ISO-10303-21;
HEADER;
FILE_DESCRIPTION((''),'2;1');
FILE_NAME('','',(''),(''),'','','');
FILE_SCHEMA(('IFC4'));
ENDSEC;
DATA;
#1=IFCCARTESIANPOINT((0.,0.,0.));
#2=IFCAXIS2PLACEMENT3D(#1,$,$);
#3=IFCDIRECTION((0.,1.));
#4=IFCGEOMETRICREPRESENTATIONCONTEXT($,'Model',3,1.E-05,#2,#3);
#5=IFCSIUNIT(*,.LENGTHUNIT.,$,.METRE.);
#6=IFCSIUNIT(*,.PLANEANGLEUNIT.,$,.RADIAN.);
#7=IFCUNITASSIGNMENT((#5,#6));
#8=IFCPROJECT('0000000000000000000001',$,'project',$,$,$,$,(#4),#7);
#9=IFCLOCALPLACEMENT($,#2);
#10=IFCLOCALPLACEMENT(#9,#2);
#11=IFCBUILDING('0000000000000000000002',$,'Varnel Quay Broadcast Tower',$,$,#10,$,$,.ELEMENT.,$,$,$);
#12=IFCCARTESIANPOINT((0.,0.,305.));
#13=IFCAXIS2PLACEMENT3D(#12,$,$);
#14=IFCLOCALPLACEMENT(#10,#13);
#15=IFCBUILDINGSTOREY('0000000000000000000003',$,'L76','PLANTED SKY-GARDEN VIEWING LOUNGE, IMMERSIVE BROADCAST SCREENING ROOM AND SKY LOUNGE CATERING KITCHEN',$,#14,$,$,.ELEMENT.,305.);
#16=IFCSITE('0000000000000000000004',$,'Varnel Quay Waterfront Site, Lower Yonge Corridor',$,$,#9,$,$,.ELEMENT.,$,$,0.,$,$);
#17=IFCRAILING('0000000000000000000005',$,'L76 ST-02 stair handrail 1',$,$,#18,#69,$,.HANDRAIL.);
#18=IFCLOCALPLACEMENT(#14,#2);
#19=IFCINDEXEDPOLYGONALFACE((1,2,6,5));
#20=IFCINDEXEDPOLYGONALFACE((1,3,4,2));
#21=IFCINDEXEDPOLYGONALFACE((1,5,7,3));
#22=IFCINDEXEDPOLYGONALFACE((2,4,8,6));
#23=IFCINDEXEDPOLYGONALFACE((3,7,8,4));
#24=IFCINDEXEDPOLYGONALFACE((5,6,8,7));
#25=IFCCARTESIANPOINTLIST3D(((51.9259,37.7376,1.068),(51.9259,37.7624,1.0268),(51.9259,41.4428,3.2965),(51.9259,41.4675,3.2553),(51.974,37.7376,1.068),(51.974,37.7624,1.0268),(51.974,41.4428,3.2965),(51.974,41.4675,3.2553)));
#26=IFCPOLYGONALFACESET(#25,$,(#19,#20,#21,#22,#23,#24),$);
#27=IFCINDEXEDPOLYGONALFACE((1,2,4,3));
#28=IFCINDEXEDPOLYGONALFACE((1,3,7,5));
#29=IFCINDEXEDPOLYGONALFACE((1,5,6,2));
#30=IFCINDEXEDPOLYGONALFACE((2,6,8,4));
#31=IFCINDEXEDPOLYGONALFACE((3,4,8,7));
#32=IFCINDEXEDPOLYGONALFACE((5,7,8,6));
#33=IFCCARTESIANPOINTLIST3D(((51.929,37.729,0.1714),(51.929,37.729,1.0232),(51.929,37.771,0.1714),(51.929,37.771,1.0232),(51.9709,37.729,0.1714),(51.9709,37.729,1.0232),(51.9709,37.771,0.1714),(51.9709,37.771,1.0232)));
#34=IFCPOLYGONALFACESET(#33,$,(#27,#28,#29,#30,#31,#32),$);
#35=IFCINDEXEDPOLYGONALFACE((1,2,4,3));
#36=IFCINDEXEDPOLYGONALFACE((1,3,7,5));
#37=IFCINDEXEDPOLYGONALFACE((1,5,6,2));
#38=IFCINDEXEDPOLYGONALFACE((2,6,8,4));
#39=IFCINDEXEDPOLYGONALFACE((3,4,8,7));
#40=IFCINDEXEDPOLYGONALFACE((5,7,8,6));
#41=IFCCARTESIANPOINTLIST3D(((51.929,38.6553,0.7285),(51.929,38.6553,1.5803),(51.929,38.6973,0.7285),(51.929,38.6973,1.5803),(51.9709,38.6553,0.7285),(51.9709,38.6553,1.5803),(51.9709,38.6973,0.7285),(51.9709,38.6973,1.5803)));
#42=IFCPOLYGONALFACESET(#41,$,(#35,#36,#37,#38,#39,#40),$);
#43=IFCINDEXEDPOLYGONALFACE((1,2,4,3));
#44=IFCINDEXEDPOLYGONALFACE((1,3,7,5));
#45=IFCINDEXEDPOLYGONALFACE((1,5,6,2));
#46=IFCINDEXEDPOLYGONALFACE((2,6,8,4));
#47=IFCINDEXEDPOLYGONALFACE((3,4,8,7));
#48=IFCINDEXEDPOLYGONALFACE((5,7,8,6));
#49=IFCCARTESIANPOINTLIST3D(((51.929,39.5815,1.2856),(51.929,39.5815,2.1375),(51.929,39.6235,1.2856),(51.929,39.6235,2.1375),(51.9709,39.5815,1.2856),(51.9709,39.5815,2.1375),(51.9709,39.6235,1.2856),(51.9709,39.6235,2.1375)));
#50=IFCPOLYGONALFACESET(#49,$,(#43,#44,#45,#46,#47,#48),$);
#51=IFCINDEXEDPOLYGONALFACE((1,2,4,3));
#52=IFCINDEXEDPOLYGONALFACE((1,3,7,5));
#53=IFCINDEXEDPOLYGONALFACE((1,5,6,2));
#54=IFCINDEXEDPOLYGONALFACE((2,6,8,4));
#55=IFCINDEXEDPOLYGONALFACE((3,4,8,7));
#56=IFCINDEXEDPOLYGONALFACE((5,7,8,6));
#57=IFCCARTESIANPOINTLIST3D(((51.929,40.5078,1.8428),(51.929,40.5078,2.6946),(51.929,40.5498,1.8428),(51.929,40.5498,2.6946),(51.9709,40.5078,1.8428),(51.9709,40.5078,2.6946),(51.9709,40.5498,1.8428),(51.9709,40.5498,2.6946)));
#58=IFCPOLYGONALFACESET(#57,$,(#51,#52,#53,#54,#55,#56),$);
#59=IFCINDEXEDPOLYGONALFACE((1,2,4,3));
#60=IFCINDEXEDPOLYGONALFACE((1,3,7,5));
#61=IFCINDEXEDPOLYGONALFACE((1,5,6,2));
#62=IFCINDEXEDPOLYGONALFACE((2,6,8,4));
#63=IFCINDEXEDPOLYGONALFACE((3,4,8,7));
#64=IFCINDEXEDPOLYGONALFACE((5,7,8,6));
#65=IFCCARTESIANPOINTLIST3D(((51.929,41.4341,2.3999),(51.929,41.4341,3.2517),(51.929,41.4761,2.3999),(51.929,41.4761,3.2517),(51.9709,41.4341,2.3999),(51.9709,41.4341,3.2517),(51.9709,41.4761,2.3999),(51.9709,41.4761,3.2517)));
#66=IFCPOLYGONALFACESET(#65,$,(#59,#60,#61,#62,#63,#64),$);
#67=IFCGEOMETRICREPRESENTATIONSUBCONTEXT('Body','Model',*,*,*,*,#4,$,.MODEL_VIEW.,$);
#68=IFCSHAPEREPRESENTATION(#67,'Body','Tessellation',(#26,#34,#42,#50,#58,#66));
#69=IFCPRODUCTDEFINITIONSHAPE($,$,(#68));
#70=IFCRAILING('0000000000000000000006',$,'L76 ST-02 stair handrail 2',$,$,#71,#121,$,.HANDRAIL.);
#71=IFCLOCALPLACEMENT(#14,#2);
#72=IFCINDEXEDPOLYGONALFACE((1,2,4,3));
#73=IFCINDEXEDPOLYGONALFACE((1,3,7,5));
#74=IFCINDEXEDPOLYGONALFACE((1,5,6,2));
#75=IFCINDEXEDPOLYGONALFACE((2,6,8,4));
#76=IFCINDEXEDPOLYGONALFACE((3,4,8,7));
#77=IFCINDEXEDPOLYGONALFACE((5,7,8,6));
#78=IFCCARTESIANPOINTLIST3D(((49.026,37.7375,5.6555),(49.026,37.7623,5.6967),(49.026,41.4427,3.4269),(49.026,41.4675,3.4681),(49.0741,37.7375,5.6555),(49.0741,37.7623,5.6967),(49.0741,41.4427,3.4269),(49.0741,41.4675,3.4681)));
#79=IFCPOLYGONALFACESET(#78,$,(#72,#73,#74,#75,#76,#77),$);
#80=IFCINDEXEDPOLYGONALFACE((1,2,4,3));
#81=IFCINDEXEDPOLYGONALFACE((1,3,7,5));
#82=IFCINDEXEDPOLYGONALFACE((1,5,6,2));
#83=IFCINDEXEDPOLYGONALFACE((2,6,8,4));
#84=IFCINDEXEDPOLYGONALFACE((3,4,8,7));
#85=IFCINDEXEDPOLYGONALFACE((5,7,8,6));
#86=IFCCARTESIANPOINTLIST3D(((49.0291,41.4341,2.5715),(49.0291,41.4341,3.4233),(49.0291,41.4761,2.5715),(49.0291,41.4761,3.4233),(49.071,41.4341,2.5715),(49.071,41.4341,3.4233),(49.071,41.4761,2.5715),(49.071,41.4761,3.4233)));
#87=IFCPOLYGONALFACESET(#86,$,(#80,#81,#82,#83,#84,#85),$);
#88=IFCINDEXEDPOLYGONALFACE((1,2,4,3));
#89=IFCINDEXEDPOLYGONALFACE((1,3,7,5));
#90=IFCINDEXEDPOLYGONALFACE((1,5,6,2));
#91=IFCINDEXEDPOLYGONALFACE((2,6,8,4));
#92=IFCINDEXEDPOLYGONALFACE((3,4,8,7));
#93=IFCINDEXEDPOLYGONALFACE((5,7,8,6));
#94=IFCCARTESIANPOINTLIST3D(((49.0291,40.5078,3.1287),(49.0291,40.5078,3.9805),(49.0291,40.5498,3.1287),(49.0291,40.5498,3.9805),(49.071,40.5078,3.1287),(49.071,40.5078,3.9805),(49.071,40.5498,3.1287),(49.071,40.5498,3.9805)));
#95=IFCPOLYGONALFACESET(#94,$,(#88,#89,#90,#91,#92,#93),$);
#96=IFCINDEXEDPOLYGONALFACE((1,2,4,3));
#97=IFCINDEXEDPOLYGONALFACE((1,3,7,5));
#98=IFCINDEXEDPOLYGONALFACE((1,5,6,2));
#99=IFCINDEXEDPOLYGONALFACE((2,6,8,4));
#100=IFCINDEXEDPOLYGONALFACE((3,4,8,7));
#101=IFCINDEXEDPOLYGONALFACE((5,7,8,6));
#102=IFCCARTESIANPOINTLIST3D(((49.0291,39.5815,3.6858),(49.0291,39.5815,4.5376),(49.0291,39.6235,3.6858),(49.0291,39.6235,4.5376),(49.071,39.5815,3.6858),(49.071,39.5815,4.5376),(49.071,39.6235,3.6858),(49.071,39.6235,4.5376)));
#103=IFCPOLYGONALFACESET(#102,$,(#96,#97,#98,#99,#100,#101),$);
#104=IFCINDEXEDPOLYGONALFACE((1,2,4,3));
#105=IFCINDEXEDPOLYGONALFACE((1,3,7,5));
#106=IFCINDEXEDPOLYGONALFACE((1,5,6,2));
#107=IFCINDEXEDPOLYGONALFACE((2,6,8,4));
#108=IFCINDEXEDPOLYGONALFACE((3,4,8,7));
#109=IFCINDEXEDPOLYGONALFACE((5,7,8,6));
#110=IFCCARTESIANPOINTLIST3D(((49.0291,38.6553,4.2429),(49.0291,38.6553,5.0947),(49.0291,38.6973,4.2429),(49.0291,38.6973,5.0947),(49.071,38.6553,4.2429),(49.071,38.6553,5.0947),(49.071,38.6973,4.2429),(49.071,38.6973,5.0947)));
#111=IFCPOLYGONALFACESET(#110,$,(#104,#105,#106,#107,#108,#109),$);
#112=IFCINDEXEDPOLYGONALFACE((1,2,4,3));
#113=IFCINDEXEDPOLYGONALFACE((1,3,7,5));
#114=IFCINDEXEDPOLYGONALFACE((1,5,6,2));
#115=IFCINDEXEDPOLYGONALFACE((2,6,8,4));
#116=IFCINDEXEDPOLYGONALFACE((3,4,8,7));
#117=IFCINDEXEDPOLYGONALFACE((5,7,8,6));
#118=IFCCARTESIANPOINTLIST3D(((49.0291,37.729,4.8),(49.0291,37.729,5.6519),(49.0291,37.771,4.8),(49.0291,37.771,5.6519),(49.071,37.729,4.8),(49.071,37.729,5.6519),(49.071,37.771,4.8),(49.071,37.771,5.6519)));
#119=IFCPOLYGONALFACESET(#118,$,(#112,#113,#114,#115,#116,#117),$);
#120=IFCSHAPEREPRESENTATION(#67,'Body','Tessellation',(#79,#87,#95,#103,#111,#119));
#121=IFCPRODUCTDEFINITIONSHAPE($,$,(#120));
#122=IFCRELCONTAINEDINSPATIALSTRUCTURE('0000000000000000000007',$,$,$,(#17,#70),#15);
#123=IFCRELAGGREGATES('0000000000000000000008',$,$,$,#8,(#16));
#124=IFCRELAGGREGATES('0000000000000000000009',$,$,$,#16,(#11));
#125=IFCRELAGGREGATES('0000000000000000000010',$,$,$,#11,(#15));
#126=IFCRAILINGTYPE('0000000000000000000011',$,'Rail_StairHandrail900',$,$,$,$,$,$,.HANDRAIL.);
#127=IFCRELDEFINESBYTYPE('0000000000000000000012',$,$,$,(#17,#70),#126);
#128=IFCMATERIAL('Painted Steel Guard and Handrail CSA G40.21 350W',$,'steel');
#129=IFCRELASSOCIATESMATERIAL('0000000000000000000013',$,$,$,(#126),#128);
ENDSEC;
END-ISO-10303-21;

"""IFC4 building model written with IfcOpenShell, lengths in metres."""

from ifc_helpers import new_model, si_unit, direction, frame, origin, origin_2d, place, context, subcontext, project, spatial, rectangle, extrude, material, type_object, element, save


model = new_model("IFC4")

# Units and contexts
model_context = context("Model", 3, precision=1e-05, world=origin(), true_north=direction((0.0, 1.0)))
body_context = subcontext(model_context, "Body", "Model", "MODEL_VIEW")
ifc_project = project(units=[si_unit("LENGTHUNIT", "METRE"), si_unit("PLANEANGLEUNIT", "RADIAN")], contexts=[model_context])

# Site, building, storey
site_placement = place(None, origin())
site = spatial("IfcSite", under=ifc_project, at=site_placement, Name="Varnel Quay Waterfront Site, Lower Yonge Corridor", CompositionType="ELEMENT", RefElevation=0.0)
building_placement = place(site_placement, origin())
building = spatial("IfcBuilding", under=site, at=building_placement, Name="Varnel Quay Broadcast Tower", CompositionType="ELEMENT")
storey_placement = place(building_placement, frame((0.0, 0.0, 305.0)))
storey = spatial("IfcBuildingStorey", under=building, at=storey_placement, Name="L76", Description="PLANTED SKY-GARDEN VIEWING LOUNGE, IMMERSIVE BROADCAST SCREENING ROOM AND SKY LOUNGE CATERING KITCHEN", CompositionType="ELEMENT", Elevation=305.0)

# Railings
ifc_material_1 = material(Name="Painted Steel Guard and Handrail CSA G40.21 350W", Category="steel")
railing_type_1 = type_object("IfcRailingType", Name="Rail_StairHandrail900", PredefinedType="HANDRAIL", material=ifc_material_1)
railing_1_placement = place(storey_placement, frame((51.95, 37.75, 0.1714)))
element("IfcRailing", 1, at=railing_1_placement, inside=storey, type_object=railing_type_1, Name="L76 ST-02 stair handrail 1", PredefinedType="HANDRAIL", context=body_context, shape_type="SweptSolid", body=[
    extrude(rectangle(XDim=0.0481, YDim=0.0481, at=origin_2d()), frame((0.0, 0.0, 0.876), z_axis=(0.0, 0.856934, 0.515425), x_axis=(-1.0, 0.0, 0.0)), (0.0, 0.0, 1.0), 4.3237),
    extrude(rectangle(XDim=0.042, YDim=0.042, at=origin_2d()), origin(), (0.0, 0.0, 1.0), 0.8518),
    extrude(rectangle(XDim=0.042, YDim=0.042, at=origin_2d()), frame((0.0, 0.9263, 0.5571)), (0.0, 0.0, 1.0), 0.8518),
    extrude(rectangle(XDim=0.042, YDim=0.042, at=origin_2d()), frame((0.0, 1.8525, 1.1143)), (0.0, 0.0, 1.0), 0.8518),
    extrude(rectangle(XDim=0.042, YDim=0.042, at=origin_2d()), frame((0.0, 2.7788, 1.6714)), (0.0, 0.0, 1.0), 0.8518),
    extrude(rectangle(XDim=0.042, YDim=0.042, at=origin_2d()), frame((0.0, 3.7051, 2.2285)), (0.0, 0.0, 1.0), 0.8518),
])
railing_2_placement = place(storey_placement, frame((49.05, 41.4551, 2.5715)))
element("IfcRailing", 2, at=railing_2_placement, inside=storey, type_object=railing_type_1, Name="L76 ST-02 stair handrail 2", PredefinedType="HANDRAIL", context=body_context, shape_type="SweptSolid", body=[
    extrude(rectangle(XDim=0.0481, YDim=0.0481, at=origin_2d()), frame((0.0, 0.0, 0.876), z_axis=(0.0, -0.856934, 0.515425), x_axis=(1.0, 0.0, 0.0)), (0.0, 0.0, 1.0), 4.3237),
    extrude(rectangle(XDim=0.042, YDim=0.042, at=origin_2d()), origin(), (0.0, 0.0, 1.0), 0.8518),
    extrude(rectangle(XDim=0.042, YDim=0.042, at=origin_2d()), frame((0.0, -0.9263, 0.5571)), (0.0, 0.0, 1.0), 0.8518),
    extrude(rectangle(XDim=0.042, YDim=0.042, at=origin_2d()), frame((0.0, -1.8525, 1.1143)), (0.0, 0.0, 1.0), 0.8518),
    extrude(rectangle(XDim=0.042, YDim=0.042, at=origin_2d()), frame((0.0, -2.7788, 1.6714)), (0.0, 0.0, 1.0), 0.8518),
    extrude(rectangle(XDim=0.042, YDim=0.042, at=origin_2d()), frame((0.0, -3.7051, 2.2285)), (0.0, 0.0, 1.0), 0.8518),
])

save(model, "model.ifc")
